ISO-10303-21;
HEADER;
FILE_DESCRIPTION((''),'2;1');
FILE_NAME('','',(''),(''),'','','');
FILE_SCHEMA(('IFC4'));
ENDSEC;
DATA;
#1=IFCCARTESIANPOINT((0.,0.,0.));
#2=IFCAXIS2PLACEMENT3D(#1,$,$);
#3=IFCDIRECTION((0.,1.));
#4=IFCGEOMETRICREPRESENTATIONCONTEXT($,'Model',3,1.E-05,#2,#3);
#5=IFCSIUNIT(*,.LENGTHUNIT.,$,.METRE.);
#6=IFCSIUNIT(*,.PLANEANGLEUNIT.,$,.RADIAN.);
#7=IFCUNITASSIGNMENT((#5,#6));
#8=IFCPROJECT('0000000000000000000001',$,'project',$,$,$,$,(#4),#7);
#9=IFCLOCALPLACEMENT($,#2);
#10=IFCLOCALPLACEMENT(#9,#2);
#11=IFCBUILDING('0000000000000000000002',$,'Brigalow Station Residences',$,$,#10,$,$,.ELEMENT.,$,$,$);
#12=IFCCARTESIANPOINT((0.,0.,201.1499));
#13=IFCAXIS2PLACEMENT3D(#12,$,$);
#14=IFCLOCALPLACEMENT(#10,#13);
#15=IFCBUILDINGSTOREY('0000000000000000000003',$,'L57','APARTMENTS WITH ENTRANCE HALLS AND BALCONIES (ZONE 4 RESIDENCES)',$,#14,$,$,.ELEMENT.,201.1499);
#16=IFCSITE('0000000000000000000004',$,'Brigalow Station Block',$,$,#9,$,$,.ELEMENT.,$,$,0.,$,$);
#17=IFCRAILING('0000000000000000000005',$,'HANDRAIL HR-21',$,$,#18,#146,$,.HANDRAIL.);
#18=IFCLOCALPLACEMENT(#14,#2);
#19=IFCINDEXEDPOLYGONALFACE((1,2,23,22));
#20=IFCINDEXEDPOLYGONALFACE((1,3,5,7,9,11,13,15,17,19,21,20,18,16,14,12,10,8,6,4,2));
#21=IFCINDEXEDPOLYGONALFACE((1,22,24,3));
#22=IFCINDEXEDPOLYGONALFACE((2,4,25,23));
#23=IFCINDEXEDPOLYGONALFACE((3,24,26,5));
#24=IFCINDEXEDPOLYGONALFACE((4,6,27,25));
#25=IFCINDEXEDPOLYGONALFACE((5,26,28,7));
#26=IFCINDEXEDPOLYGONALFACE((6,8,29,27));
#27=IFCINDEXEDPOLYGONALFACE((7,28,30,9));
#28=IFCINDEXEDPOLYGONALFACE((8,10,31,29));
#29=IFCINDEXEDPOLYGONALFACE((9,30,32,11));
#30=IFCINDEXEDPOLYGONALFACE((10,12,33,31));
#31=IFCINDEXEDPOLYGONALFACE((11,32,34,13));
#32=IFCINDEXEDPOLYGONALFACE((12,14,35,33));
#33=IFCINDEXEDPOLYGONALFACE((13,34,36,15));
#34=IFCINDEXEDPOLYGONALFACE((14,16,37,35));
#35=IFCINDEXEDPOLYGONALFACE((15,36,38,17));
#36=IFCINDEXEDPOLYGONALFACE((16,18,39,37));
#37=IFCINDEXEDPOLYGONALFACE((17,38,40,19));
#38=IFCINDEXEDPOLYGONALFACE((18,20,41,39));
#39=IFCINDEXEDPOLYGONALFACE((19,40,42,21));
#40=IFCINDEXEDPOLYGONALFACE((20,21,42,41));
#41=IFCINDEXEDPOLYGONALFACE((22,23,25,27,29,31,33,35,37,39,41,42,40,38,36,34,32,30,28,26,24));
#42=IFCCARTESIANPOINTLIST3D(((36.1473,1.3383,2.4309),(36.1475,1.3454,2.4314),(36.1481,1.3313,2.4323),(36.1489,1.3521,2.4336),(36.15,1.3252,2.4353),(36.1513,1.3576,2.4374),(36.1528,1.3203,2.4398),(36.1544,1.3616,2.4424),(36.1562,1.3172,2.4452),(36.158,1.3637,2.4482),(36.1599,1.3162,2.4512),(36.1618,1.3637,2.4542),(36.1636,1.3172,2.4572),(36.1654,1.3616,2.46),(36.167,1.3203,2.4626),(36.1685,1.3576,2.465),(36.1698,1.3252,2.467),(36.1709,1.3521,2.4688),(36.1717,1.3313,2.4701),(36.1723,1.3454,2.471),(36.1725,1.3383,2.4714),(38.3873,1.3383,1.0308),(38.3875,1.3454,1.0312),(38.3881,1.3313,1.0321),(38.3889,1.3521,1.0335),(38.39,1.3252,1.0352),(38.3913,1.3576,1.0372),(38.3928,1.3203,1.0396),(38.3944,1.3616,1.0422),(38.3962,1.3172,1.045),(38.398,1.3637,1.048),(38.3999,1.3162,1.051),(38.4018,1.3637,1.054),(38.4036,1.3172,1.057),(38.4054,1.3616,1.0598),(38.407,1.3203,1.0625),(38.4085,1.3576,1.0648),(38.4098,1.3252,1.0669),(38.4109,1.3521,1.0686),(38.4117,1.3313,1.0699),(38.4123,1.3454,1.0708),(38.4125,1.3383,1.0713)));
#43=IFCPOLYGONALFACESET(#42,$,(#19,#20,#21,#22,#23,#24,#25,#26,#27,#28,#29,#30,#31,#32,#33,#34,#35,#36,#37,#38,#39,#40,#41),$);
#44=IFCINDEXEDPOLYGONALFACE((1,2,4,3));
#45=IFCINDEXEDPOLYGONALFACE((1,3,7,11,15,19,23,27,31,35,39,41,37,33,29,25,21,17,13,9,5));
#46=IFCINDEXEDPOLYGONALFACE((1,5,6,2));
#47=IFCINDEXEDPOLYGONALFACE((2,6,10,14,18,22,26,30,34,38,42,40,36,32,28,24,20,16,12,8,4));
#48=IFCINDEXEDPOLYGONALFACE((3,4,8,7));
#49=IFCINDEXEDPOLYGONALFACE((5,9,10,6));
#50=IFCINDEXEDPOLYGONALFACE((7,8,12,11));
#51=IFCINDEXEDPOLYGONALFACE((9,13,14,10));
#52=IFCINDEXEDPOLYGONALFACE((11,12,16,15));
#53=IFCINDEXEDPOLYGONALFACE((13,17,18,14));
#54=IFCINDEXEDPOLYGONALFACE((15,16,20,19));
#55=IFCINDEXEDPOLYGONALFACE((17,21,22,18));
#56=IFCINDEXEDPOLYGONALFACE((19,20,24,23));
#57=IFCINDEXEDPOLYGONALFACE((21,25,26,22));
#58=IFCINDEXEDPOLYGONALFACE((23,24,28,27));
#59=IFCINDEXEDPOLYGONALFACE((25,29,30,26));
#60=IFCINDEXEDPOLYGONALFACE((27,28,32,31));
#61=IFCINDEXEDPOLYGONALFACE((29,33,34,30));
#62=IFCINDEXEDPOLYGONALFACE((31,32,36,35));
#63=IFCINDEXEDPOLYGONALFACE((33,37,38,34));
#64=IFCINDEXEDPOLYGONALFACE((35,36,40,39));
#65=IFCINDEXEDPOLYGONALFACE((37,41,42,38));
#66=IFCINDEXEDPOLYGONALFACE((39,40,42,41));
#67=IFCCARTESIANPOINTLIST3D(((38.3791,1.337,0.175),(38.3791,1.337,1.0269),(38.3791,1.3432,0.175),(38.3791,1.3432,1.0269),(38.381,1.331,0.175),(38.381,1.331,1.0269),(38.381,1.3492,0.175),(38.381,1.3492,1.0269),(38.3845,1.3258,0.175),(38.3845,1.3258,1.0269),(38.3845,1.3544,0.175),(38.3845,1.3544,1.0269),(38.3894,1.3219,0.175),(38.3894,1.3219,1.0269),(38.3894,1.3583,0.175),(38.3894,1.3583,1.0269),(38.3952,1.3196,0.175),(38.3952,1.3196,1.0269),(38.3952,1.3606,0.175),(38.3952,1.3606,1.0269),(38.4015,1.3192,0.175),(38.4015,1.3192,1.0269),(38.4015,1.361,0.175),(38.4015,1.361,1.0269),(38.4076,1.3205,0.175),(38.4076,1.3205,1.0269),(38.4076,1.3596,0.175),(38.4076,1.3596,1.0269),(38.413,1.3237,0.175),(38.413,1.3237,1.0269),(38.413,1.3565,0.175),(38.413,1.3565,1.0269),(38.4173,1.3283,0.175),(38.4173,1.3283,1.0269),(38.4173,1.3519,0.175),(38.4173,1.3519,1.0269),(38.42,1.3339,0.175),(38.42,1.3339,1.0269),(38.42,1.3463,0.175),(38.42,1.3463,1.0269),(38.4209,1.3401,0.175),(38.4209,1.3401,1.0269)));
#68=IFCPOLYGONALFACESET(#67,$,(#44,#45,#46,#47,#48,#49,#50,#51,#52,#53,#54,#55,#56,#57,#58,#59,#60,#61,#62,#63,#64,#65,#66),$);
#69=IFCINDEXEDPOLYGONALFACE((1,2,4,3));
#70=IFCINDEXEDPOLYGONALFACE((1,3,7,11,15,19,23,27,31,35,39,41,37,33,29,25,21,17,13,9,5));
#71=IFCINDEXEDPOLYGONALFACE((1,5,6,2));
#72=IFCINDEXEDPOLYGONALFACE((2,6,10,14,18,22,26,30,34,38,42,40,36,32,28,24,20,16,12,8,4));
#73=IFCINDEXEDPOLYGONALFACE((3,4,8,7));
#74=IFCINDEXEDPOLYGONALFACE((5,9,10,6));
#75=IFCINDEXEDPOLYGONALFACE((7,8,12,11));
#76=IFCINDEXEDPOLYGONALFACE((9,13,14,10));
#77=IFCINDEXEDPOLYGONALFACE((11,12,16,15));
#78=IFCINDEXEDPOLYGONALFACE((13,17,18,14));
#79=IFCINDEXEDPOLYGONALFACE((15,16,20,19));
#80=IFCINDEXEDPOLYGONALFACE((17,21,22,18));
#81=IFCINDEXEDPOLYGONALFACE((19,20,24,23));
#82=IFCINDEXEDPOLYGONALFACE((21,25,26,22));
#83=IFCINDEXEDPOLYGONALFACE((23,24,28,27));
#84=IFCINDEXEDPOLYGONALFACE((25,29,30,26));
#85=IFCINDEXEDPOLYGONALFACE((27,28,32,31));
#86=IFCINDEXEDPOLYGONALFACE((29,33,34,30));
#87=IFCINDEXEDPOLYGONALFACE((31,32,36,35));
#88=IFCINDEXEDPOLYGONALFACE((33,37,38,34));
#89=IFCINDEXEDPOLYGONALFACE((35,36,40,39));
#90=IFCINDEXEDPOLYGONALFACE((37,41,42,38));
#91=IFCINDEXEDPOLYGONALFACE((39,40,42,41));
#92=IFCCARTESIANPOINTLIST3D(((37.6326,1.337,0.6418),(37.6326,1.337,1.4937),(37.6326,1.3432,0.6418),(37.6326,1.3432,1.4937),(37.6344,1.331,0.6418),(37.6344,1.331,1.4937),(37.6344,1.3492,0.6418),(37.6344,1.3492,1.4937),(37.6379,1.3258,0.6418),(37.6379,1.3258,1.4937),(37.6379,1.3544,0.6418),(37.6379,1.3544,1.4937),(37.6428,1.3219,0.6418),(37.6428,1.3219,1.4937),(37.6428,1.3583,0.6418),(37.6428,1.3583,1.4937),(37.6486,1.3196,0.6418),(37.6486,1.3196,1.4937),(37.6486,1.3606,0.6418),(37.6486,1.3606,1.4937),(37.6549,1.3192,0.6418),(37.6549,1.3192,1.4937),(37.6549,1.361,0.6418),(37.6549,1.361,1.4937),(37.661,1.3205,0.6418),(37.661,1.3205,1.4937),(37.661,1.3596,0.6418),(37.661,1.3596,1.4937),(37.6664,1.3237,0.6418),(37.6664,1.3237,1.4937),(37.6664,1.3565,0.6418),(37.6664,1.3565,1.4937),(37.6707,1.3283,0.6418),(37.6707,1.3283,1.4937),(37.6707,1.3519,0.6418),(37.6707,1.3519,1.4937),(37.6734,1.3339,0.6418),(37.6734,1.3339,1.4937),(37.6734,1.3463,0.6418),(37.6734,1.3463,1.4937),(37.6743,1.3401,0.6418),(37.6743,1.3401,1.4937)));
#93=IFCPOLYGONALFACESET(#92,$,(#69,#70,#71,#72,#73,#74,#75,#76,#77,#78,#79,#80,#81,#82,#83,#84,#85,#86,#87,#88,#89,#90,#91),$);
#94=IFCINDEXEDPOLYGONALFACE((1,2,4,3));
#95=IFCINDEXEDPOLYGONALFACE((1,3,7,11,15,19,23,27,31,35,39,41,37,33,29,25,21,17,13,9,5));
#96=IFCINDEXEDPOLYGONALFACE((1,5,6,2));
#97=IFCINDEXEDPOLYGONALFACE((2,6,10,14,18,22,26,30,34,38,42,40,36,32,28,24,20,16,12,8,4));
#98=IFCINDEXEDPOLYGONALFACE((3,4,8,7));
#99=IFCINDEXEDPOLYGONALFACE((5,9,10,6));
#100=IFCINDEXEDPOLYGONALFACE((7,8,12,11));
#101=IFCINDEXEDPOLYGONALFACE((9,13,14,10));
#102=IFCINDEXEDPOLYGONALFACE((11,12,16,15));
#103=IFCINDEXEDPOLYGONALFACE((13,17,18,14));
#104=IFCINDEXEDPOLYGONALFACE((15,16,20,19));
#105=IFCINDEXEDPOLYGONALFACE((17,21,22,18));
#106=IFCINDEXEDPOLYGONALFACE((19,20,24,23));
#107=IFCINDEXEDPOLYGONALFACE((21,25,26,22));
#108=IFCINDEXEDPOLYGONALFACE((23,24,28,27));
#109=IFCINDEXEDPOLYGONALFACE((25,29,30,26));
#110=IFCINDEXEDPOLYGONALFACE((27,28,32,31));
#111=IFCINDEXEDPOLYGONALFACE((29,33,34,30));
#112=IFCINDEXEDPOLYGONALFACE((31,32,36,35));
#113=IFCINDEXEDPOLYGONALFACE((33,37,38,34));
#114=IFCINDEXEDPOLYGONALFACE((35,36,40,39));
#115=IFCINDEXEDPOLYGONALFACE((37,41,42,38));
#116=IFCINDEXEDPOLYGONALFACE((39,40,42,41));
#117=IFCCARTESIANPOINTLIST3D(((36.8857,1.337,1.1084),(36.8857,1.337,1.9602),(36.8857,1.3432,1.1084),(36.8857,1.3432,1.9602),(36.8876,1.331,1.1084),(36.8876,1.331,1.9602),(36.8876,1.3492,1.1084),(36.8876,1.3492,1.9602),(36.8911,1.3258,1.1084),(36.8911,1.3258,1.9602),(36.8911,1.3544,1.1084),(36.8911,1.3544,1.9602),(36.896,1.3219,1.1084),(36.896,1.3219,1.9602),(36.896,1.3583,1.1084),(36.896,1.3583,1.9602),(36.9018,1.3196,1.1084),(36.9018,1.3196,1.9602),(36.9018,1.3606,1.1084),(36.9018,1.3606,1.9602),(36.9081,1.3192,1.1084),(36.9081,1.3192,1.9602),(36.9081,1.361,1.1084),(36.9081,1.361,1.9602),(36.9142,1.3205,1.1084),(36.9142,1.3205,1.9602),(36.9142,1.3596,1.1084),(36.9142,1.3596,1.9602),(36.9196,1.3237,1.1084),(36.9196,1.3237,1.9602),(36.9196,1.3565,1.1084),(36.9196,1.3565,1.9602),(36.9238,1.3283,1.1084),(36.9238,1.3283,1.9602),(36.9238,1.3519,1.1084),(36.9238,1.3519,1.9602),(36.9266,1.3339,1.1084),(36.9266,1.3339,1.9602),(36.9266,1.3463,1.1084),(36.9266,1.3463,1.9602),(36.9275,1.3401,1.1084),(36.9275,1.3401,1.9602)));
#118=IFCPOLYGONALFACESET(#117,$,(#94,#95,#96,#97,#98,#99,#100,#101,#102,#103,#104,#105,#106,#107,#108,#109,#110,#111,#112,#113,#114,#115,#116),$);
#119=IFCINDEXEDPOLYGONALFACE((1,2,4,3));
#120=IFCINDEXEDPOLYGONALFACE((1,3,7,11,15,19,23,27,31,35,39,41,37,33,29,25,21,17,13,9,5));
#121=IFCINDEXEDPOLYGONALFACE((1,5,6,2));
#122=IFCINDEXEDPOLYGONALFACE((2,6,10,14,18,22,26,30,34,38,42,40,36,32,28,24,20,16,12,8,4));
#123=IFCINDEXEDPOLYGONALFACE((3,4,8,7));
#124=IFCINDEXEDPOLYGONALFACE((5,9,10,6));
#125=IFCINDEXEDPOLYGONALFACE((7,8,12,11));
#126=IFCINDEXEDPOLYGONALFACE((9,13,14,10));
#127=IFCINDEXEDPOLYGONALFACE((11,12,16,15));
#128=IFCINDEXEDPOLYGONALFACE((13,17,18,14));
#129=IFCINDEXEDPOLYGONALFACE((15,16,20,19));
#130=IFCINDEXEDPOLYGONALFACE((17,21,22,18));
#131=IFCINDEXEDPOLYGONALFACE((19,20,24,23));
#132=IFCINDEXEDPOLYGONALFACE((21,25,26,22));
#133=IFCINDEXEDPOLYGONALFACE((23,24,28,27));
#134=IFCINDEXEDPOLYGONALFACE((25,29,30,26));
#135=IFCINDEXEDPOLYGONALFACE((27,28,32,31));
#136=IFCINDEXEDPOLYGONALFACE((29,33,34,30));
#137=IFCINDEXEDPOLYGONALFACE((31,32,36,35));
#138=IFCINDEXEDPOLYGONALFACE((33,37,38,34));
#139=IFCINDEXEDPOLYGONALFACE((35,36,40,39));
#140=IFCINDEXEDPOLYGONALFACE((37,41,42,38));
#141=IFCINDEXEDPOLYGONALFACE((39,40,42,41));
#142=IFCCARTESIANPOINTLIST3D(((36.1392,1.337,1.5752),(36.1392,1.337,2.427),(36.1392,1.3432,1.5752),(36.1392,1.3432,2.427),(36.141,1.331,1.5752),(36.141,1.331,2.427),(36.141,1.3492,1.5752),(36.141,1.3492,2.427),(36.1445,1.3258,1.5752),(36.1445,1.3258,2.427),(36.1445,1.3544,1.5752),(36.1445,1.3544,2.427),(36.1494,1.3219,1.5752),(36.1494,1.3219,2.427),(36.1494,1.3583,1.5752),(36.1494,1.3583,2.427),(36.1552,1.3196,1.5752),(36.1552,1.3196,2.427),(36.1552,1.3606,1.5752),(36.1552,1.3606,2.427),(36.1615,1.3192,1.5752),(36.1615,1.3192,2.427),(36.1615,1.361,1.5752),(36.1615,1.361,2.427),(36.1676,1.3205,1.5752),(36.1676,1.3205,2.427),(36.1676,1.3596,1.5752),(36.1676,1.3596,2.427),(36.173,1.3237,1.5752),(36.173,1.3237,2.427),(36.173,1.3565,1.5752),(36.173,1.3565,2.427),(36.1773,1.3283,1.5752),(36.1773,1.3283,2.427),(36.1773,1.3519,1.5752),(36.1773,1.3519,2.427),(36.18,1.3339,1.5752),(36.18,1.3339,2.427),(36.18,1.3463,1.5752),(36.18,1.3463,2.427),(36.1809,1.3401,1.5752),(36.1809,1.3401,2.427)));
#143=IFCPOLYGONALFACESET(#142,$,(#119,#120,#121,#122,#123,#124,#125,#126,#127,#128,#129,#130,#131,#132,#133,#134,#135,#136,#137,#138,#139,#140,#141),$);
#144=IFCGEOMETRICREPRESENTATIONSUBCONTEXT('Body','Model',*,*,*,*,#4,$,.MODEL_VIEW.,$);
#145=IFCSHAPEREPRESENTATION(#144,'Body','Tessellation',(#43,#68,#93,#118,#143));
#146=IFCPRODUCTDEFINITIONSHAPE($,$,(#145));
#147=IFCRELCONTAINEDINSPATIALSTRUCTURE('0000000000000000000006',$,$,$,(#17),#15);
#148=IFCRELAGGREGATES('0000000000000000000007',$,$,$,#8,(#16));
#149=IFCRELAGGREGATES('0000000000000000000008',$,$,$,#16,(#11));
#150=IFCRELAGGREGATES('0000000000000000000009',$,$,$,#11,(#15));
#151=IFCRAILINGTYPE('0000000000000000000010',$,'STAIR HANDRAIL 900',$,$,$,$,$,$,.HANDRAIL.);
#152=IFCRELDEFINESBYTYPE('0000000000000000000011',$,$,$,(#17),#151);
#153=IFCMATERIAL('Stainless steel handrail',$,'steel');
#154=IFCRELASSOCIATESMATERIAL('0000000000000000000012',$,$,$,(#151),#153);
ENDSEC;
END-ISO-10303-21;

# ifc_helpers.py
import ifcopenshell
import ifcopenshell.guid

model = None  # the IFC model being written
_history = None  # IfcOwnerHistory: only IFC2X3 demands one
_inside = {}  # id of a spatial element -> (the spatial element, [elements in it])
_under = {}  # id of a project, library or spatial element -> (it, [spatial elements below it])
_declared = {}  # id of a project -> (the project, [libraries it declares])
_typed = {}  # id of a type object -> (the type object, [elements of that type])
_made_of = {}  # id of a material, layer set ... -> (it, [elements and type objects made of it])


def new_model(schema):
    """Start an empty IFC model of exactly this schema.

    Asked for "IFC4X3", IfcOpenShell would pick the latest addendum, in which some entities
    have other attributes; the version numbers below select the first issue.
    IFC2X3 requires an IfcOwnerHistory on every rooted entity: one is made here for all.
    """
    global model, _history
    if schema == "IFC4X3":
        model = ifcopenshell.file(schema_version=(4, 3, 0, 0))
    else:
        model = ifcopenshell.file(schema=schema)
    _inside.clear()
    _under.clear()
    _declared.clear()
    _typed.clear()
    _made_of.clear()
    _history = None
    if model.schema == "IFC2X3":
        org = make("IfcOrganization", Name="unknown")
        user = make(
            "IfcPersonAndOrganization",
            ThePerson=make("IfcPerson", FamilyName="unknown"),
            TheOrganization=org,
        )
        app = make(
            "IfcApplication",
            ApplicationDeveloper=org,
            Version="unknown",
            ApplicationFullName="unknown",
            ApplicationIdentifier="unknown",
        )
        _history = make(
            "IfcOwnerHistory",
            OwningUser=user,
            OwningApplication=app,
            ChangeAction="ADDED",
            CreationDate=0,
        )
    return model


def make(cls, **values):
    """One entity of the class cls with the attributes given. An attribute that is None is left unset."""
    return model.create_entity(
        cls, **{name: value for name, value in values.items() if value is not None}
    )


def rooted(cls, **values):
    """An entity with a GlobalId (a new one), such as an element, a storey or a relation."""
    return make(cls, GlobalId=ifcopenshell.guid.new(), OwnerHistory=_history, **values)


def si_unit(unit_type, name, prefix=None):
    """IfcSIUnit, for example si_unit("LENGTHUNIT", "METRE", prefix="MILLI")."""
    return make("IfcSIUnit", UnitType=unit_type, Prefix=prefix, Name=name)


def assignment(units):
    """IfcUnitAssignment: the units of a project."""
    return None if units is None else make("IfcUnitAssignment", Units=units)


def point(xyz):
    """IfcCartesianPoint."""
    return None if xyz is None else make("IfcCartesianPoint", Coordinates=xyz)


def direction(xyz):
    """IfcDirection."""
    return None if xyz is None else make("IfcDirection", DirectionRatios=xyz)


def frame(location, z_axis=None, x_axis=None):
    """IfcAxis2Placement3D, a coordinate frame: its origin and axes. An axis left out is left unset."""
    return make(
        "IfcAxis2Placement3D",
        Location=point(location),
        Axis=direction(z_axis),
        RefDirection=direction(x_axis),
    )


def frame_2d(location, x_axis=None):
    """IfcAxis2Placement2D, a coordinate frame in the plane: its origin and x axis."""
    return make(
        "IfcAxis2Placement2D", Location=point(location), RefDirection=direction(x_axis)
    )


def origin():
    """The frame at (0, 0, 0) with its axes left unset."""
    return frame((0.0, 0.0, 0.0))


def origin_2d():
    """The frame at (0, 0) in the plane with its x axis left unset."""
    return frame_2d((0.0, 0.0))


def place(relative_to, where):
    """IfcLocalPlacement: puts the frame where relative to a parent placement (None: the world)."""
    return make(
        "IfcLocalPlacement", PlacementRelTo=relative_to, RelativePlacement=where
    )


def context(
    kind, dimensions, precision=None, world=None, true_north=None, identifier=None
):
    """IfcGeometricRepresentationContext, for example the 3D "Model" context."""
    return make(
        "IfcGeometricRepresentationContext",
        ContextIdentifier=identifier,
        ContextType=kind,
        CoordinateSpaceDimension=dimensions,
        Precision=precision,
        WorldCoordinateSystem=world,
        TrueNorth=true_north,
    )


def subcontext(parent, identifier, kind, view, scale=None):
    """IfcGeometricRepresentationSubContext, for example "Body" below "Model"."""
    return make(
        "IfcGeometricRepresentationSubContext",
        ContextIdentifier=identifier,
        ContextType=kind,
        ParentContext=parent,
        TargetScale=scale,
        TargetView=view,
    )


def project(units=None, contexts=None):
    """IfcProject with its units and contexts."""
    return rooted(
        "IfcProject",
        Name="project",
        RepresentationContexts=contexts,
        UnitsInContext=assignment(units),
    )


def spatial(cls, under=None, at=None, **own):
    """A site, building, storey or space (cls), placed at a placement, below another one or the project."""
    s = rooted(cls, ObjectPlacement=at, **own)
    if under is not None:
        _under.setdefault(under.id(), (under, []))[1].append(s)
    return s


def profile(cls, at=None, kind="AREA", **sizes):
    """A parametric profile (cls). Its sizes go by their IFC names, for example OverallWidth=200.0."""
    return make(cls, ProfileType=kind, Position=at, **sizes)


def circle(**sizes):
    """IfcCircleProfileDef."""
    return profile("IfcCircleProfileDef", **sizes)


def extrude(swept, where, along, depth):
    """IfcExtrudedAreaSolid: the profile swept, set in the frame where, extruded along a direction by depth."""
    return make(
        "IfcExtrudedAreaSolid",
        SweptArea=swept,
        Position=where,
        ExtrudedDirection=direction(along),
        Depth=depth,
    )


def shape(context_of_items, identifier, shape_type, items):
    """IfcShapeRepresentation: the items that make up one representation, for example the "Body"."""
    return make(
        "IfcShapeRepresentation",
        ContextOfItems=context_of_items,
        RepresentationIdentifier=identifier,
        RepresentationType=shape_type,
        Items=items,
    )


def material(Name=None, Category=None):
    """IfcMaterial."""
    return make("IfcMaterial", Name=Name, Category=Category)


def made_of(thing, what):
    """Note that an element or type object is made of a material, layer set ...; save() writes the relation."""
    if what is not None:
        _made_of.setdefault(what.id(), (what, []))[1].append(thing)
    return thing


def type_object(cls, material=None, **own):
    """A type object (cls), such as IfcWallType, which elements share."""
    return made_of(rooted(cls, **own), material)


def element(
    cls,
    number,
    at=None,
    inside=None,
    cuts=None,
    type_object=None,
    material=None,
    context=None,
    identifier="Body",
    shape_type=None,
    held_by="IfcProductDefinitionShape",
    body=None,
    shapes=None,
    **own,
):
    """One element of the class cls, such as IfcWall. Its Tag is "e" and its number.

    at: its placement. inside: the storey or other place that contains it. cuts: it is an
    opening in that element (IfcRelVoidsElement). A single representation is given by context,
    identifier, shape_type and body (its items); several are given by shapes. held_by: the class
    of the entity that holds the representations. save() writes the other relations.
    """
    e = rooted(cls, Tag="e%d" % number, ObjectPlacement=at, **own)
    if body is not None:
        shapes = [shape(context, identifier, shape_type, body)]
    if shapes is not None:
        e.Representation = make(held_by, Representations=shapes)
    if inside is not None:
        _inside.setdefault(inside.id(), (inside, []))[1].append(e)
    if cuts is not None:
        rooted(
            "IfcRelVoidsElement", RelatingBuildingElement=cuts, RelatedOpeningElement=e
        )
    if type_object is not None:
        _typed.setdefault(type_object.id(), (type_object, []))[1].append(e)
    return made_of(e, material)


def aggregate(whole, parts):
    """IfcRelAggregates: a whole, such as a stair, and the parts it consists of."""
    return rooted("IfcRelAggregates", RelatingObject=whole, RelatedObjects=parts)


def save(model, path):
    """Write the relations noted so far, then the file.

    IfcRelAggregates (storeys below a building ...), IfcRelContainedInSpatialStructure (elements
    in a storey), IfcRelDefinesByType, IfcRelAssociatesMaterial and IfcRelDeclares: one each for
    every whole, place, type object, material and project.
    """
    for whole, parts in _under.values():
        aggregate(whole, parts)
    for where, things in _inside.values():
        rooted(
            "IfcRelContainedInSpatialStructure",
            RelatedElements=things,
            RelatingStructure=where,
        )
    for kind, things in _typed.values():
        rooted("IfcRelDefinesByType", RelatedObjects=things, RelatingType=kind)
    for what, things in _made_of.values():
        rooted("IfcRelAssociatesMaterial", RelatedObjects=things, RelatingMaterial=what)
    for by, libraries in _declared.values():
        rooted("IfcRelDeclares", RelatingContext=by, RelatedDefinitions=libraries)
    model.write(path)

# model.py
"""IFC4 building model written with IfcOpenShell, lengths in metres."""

from ifc_helpers import new_model, si_unit, direction, frame, origin, origin_2d, place, context, subcontext, project, spatial, circle, extrude, material, type_object, element, save


model = new_model("IFC4")

# Units and contexts
model_context = context("Model", 3, precision=1e-05, world=origin(), true_north=direction((0.0, 1.0)))
body_context = subcontext(model_context, "Body", "Model", "MODEL_VIEW")
ifc_project = project(units=[si_unit("LENGTHUNIT", "METRE"), si_unit("PLANEANGLEUNIT", "RADIAN")], contexts=[model_context])

# Site, building, storey
site_placement = place(None, origin())
site = spatial("IfcSite", under=ifc_project, at=site_placement, Name="Brigalow Station Block", CompositionType="ELEMENT", RefElevation=0.0)
building_placement = place(site_placement, origin())
building = spatial("IfcBuilding", under=site, at=building_placement, Name="Brigalow Station Residences", CompositionType="ELEMENT")
storey_placement = place(building_placement, frame((0.0, 0.0, 201.1499)))
storey = spatial("IfcBuildingStorey", under=building, at=storey_placement, Name="L57", Description="APARTMENTS WITH ENTRANCE HALLS AND BALCONIES (ZONE 4 RESIDENCES)", CompositionType="ELEMENT", Elevation=201.1499)

# Railing
ifc_material_1 = material(Name="Stainless steel handrail", Category="steel")
railing_type_1 = type_object("IfcRailingType", Name="STAIR HANDRAIL 900", PredefinedType="HANDRAIL", material=ifc_material_1)
railing_1_placement = place(storey_placement, frame((38.3999, 1.3401, 0.175)))
element("IfcRailing", 1, at=railing_1_placement, inside=storey, type_object=railing_type_1, Name="HANDRAIL HR-21", PredefinedType="HANDRAIL", context=body_context, shape_type="SweptSolid", body=[
    extrude(circle(Radius=0.0239, at=origin_2d()), frame((0.0, 0.0, 0.876), z_axis=(-0.847972, 0.0, 0.53004), x_axis=(0.0, -1.0, 0.0)), (0.0, 0.0, 1.0), 2.6416),
    extrude(circle(Radius=0.021, at=origin_2d()), origin(), (0.0, 0.0, 1.0), 0.8518),
    extrude(circle(Radius=0.021, at=origin_2d()), frame((-0.7466, 0.0, 0.4668)), (0.0, 0.0, 1.0), 0.8518),
    extrude(circle(Radius=0.021, at=origin_2d()), frame((-1.4934, 0.0, 0.9333)), (0.0, 0.0, 1.0), 0.8518),
    extrude(circle(Radius=0.021, at=origin_2d()), frame((-2.24, 0.0, 1.4001)), (0.0, 0.0, 1.0), 0.8518),
])

save(model, "model.ifc")
